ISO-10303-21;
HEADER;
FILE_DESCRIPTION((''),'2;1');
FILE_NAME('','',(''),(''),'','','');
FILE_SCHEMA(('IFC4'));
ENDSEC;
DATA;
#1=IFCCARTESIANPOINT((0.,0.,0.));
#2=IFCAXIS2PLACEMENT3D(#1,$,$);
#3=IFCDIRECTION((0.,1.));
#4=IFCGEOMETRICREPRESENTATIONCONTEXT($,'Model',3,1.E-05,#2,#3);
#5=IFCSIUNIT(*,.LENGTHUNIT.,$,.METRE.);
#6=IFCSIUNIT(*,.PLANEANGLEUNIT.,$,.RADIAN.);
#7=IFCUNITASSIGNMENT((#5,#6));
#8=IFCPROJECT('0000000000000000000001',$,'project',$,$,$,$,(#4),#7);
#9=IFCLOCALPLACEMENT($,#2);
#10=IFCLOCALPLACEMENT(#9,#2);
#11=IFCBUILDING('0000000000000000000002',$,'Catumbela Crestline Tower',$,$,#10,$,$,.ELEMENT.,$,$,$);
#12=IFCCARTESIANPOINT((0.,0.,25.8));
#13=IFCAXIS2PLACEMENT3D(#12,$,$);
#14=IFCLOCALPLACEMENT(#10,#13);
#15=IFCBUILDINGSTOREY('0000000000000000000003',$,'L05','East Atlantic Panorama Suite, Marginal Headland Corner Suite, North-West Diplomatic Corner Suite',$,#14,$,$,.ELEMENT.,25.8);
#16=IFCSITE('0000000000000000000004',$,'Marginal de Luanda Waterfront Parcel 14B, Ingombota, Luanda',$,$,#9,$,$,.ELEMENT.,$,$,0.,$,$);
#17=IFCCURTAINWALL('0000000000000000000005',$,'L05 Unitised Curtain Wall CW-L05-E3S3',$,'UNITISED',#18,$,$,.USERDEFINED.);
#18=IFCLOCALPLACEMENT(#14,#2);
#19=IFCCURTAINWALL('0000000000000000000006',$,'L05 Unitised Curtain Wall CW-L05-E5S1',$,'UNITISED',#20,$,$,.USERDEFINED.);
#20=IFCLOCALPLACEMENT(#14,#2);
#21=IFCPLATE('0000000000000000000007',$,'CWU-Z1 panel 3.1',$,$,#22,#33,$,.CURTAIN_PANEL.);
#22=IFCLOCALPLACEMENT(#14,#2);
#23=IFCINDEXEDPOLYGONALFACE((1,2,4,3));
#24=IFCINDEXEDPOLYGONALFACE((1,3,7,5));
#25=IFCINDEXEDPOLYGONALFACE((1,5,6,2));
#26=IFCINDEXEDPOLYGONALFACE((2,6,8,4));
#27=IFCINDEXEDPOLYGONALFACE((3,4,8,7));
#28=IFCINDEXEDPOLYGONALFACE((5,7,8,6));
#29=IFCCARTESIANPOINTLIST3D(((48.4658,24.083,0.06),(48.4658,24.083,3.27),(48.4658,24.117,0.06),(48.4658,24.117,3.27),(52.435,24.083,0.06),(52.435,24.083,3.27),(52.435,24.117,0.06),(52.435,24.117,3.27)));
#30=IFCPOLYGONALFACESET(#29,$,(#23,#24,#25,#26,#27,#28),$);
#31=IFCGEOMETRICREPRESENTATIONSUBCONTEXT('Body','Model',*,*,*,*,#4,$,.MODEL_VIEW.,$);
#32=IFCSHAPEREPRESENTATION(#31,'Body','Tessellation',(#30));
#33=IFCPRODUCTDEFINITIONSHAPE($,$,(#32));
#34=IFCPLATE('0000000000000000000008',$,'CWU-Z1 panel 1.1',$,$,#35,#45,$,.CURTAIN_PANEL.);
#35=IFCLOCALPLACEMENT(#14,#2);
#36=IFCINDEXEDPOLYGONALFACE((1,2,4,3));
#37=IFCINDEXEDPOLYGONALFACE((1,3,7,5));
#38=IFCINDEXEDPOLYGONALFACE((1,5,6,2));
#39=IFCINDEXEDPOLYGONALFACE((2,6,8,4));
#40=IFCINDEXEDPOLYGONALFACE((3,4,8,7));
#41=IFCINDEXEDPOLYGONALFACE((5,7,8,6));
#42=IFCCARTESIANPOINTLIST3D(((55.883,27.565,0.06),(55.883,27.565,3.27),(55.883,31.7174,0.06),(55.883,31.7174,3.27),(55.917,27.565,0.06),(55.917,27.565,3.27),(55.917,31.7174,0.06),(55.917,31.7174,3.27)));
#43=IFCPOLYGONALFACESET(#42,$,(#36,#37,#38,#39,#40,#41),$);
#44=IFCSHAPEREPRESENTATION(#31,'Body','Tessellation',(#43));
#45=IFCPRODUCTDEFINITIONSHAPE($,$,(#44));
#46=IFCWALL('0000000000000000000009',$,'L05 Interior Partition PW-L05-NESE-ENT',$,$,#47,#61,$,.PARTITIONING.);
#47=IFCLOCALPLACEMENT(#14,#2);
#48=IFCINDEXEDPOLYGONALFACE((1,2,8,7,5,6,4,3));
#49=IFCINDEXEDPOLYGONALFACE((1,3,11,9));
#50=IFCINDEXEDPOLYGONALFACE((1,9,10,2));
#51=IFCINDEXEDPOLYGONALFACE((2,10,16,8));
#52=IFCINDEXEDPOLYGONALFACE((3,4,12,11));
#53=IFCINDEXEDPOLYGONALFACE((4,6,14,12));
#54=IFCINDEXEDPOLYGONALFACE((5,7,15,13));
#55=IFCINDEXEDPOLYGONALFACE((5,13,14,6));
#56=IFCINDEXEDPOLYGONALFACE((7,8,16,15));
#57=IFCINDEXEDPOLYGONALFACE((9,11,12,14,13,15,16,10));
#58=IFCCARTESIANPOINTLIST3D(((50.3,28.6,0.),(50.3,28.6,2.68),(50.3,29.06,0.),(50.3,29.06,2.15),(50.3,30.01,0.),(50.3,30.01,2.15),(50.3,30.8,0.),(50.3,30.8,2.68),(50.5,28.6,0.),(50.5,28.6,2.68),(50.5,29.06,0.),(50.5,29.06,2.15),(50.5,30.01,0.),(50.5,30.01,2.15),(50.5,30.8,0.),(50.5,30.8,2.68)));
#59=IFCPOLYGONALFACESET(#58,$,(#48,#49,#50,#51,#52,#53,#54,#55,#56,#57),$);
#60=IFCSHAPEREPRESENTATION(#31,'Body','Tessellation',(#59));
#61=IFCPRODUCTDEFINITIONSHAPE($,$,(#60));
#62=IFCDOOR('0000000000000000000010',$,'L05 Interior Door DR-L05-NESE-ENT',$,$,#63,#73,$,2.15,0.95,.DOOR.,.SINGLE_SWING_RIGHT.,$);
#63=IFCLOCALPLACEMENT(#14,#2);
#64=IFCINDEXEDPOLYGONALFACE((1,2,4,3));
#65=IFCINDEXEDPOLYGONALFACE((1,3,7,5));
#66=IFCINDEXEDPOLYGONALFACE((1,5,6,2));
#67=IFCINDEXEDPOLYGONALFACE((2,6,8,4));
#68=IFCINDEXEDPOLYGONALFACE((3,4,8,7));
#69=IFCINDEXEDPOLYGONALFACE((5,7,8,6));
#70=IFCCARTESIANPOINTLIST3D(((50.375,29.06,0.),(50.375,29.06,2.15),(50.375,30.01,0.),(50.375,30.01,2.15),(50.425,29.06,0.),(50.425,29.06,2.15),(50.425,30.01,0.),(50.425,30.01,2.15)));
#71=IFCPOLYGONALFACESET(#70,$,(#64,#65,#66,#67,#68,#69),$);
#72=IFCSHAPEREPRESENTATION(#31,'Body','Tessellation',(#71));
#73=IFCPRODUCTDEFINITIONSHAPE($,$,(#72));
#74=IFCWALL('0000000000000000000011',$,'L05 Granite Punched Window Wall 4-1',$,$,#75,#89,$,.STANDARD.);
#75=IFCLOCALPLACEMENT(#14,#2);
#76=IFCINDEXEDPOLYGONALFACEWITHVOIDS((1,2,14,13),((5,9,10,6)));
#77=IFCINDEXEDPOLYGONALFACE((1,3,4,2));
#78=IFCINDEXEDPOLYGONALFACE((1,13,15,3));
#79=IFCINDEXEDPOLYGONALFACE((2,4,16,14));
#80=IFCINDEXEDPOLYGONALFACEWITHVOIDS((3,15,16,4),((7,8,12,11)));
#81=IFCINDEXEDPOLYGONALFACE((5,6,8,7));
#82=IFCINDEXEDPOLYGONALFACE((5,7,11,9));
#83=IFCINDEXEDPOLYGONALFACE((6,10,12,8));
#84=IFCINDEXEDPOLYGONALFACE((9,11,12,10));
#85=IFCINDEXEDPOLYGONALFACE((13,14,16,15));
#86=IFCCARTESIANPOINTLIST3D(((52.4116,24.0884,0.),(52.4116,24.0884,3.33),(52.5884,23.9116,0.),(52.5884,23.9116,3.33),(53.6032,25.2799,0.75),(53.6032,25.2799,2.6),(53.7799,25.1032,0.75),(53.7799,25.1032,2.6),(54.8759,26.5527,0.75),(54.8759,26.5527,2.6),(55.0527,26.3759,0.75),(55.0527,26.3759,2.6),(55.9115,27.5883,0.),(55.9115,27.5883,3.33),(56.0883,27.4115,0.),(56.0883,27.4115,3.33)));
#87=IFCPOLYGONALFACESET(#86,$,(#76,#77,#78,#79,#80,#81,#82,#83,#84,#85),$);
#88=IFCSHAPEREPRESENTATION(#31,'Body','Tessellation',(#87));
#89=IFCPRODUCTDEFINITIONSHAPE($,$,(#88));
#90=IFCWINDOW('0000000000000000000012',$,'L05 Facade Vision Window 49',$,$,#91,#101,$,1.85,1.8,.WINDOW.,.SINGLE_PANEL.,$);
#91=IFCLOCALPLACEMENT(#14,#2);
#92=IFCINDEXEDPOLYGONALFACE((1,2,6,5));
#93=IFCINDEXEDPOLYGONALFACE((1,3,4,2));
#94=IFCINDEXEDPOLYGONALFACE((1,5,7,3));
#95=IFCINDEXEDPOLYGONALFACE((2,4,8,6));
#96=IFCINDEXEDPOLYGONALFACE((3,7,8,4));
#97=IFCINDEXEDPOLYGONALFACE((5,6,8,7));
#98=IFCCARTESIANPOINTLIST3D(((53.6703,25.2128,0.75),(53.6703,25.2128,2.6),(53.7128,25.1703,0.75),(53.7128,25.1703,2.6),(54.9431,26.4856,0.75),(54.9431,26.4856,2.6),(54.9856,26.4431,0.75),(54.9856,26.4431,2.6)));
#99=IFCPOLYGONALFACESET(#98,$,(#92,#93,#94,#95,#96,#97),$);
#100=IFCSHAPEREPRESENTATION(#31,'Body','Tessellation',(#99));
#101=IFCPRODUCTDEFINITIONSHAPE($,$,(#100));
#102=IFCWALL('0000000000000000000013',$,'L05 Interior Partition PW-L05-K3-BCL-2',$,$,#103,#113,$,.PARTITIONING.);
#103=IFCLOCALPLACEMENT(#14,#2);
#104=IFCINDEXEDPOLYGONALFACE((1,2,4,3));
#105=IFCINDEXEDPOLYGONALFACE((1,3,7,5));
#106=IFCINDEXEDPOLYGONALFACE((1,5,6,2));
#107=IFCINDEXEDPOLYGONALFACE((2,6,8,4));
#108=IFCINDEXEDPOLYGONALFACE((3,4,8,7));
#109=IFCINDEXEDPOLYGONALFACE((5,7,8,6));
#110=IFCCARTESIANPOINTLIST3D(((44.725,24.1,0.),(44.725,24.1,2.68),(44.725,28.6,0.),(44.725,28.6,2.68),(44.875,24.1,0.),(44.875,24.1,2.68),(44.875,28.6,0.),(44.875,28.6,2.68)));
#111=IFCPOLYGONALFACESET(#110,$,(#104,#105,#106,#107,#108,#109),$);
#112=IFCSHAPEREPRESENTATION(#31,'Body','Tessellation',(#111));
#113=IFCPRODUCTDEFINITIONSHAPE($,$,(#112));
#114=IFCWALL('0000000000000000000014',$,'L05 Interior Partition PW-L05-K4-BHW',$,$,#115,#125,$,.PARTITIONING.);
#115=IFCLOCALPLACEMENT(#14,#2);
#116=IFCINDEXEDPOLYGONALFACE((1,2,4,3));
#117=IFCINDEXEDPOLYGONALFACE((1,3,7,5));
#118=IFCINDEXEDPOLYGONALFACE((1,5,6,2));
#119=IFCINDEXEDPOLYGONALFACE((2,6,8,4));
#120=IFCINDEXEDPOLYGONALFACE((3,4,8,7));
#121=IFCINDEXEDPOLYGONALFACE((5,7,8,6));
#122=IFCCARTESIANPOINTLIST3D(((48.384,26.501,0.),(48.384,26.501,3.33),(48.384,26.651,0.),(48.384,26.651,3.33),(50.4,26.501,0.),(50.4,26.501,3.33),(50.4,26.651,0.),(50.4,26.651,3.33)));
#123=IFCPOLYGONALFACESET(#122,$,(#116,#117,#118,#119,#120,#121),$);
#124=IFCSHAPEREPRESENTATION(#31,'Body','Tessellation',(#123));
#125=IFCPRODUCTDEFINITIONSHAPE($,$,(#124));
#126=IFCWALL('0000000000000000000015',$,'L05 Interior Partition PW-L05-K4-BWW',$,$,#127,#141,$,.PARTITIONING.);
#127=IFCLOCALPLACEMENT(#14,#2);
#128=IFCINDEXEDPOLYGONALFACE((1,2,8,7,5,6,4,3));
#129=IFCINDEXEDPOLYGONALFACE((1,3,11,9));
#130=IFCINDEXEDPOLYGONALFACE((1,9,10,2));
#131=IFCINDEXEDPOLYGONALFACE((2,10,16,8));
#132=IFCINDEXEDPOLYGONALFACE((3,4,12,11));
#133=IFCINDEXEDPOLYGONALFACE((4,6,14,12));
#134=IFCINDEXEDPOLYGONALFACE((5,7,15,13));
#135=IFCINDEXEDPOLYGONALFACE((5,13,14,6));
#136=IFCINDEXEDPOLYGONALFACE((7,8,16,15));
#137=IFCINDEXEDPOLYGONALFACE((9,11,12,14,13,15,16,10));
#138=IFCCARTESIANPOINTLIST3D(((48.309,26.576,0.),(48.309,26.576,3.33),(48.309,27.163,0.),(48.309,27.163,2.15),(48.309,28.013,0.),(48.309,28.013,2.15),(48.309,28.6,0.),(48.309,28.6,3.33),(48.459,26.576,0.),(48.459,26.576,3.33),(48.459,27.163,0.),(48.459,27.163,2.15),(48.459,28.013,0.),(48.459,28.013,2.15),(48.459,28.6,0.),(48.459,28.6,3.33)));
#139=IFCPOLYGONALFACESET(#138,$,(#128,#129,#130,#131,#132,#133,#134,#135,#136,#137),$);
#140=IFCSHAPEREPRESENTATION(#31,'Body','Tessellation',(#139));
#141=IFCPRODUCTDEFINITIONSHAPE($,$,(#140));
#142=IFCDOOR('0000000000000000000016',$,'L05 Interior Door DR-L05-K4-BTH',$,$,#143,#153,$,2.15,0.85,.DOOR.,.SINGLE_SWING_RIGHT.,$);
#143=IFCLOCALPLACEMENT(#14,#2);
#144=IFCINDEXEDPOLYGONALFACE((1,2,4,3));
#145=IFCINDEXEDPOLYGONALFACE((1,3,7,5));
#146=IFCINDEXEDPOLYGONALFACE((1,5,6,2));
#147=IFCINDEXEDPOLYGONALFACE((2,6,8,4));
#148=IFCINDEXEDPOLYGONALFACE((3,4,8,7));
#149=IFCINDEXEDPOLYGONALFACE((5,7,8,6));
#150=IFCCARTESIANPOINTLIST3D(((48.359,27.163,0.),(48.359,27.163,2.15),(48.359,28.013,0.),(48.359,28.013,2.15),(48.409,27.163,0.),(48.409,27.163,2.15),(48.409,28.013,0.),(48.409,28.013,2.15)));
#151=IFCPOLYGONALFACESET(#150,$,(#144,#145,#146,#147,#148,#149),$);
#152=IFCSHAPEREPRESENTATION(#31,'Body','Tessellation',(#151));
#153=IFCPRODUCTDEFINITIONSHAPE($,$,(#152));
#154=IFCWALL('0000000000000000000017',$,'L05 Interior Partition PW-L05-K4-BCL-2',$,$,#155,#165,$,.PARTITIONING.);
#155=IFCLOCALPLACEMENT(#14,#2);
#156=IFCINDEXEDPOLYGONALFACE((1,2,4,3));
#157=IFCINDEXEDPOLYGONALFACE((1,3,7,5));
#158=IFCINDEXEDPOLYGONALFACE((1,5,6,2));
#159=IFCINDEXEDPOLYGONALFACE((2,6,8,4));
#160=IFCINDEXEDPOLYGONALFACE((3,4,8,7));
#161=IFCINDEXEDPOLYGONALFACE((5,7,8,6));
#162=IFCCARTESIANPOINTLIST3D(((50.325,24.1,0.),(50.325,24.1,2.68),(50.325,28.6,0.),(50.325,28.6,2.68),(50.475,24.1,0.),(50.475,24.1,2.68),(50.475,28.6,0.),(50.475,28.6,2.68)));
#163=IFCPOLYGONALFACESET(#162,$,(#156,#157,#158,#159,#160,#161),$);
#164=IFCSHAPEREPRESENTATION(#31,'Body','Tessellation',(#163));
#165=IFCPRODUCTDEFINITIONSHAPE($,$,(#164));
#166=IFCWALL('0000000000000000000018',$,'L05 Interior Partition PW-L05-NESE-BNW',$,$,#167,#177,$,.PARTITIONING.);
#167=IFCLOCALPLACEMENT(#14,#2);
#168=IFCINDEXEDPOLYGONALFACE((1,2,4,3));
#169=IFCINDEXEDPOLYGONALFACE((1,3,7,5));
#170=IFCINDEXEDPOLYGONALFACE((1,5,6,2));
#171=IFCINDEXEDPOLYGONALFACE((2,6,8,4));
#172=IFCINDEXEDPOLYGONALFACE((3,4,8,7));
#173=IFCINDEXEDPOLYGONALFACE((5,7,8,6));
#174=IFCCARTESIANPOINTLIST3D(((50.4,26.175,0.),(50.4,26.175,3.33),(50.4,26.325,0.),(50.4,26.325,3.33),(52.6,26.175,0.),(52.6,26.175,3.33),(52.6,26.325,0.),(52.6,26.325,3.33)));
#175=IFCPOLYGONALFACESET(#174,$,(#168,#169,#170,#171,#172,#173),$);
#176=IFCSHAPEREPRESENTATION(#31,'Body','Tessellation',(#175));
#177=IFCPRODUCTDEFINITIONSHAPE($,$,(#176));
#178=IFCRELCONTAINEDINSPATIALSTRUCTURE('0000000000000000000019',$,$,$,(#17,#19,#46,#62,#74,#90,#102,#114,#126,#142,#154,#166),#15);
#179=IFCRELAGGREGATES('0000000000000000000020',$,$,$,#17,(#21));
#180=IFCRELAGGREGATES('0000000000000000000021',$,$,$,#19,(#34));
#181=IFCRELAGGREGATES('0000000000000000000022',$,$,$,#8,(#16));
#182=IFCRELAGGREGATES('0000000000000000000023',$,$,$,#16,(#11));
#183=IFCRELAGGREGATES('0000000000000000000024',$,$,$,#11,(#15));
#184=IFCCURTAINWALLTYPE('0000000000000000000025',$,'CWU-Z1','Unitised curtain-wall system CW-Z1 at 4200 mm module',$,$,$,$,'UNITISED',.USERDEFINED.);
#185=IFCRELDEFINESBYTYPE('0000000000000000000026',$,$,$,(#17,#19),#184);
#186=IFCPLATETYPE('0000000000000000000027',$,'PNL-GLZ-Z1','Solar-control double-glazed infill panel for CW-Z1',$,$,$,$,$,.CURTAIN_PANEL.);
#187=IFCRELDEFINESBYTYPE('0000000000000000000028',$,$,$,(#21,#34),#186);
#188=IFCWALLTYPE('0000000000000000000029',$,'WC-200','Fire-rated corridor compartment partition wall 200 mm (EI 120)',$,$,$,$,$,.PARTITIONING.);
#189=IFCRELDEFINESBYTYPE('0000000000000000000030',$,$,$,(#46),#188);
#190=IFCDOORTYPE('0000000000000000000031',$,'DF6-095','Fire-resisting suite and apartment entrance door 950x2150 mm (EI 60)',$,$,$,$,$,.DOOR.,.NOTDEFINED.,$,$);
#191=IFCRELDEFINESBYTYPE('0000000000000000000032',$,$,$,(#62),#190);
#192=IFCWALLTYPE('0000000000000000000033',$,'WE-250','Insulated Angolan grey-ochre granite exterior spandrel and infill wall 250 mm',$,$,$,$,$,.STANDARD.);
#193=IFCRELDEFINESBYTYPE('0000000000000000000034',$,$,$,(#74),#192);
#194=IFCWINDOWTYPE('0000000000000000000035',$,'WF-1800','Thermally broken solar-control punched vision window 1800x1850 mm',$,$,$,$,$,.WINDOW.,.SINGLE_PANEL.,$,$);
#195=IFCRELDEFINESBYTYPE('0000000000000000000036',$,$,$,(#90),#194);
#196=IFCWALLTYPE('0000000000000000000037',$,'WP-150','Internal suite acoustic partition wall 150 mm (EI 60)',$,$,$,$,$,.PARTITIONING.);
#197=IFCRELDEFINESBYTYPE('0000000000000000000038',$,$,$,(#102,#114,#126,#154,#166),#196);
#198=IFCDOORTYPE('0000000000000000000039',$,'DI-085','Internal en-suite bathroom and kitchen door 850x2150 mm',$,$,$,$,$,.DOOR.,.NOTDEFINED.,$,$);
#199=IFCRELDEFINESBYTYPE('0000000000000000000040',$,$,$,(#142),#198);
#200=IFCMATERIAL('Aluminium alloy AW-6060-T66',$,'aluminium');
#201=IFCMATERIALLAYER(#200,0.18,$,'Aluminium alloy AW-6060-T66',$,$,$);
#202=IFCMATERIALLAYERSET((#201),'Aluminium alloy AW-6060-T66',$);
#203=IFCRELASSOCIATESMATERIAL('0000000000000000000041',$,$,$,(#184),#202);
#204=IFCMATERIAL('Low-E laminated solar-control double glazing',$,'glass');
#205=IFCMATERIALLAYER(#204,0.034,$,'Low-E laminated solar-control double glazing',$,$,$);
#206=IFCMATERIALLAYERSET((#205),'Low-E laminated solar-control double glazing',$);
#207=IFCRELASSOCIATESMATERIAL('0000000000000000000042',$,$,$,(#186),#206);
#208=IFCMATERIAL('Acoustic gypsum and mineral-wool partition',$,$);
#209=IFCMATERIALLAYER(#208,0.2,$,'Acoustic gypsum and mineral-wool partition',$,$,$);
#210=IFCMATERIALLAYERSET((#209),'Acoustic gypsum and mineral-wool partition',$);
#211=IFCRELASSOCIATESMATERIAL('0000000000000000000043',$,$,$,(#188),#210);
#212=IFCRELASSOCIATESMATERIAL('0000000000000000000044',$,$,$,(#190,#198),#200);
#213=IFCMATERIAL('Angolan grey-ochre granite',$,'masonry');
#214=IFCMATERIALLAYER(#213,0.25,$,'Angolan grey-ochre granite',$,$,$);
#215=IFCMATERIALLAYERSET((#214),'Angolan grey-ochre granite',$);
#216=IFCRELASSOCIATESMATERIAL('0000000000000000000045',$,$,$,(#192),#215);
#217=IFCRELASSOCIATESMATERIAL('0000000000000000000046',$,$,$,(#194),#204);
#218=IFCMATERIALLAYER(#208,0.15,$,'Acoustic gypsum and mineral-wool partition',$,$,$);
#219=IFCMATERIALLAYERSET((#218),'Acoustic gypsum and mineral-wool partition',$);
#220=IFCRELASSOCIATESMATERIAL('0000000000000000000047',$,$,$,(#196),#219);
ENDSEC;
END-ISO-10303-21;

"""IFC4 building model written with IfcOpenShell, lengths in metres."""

from ifc_helpers import new_model, si_unit, direction, frame, frame_2d, origin, origin_2d, place, context, subcontext, project, spatial, rectangle, extrude, material, layer, layer_set, type_object, element, fill, aggregate, save


model = new_model("IFC4")

# Units and contexts
model_context = context("Model", 3, precision=1e-05, world=origin(), true_north=direction((0.0, 1.0)))
body_context = subcontext(model_context, "Body", "Model", "MODEL_VIEW")
ifc_project = project(units=[si_unit("LENGTHUNIT", "METRE"), si_unit("PLANEANGLEUNIT", "RADIAN")], contexts=[model_context])

# Site, building, storey
site_placement = place(None, origin())
site = spatial("IfcSite", under=ifc_project, at=site_placement, Name="Marginal de Luanda Waterfront Parcel 14B, Ingombota, Luanda", CompositionType="ELEMENT", RefElevation=0.0)
building_placement = place(site_placement, origin())
building = spatial("IfcBuilding", under=site, at=building_placement, Name="Catumbela Crestline Tower", CompositionType="ELEMENT")
storey_placement = place(building_placement, frame((0.0, 0.0, 25.8)))
storey = spatial("IfcBuildingStorey", under=building, at=storey_placement, Name="L05", Description="East Atlantic Panorama Suite, Marginal Headland Corner Suite, North-West Diplomatic Corner Suite", CompositionType="ELEMENT", Elevation=25.8)

# Curtain wall
ifc_material_1 = material(Name="Aluminium alloy AW-6060-T66", Category="aluminium")
ifc_layer_1 = layer(ifc_material_1, 0.18, Name="Aluminium alloy AW-6060-T66")
ifc_layer_set_1 = layer_set([ifc_layer_1], Name="Aluminium alloy AW-6060-T66")
curtain_wall_type = type_object("IfcCurtainWallType", Name="CWU-Z1", Description="Unitised curtain-wall system CW-Z1 at 4200 mm module", ElementType="UNITISED", PredefinedType="USERDEFINED", material=ifc_layer_set_1)
curtain_wall_1_placement = place(storey_placement, origin())
curtain_wall_1 = element("IfcCurtainWall", 1, at=curtain_wall_1_placement, inside=storey, type_object=curtain_wall_type, Name="L05 Unitised Curtain Wall CW-L05-E3S3", ObjectType="UNITISED", PredefinedType="USERDEFINED")

# Curtain wall
curtain_wall_2_placement = place(storey_placement, origin())
curtain_wall_2 = element("IfcCurtainWall", 2, at=curtain_wall_2_placement, inside=storey, type_object=curtain_wall_type, Name="L05 Unitised Curtain Wall CW-L05-E5S1", ObjectType="UNITISED", PredefinedType="USERDEFINED")

# Plates
ifc_material_2 = material(Name="Low-E laminated solar-control double glazing", Category="glass")
ifc_layer_2 = layer(ifc_material_2, 0.034, Name="Low-E laminated solar-control double glazing")
ifc_layer_set_2 = layer_set([ifc_layer_2], Name="Low-E laminated solar-control double glazing")
plate_type = type_object("IfcPlateType", Name="PNL-GLZ-Z1", Description="Solar-control double-glazed infill panel for CW-Z1", PredefinedType="CURTAIN_PANEL", material=ifc_layer_set_2)
plate_1_placement = place(storey_placement, frame((50.4504, 24.1, 0.06), z_axis=(0.0, 0.0, 1.0), x_axis=(1.0, 0.0, 0.0)))
plate_1 = element("IfcPlate", 3, at=plate_1_placement, type_object=plate_type, Name="CWU-Z1 panel 3.1", PredefinedType="CURTAIN_PANEL", context=body_context, shape_type="SweptSolid", body=[
    extrude(rectangle(XDim=3.9692, YDim=0.034, at=origin_2d()), origin(), (0.0, 0.0, 1.0), 3.21),
])
aggregate(curtain_wall_1, [plate_1])
plate_2_placement = place(storey_placement, frame((55.9, 29.6412, 0.06), z_axis=(0.0, 0.0, 1.0), x_axis=(0.0, 1.0, 0.0)))
plate_2 = element("IfcPlate", 4, at=plate_2_placement, type_object=plate_type, Name="CWU-Z1 panel 1.1", PredefinedType="CURTAIN_PANEL", context=body_context, shape_type="SweptSolid", body=[
    extrude(rectangle(XDim=4.1525, YDim=0.034, at=origin_2d()), origin(), (0.0, 0.0, 1.0), 3.21),
])
aggregate(curtain_wall_2, [plate_2])

# Wall, opening, door
ifc_material_3 = material(Name="Acoustic gypsum and mineral-wool partition")
ifc_layer_3 = layer(ifc_material_3, 0.2, Name="Acoustic gypsum and mineral-wool partition")
ifc_layer_set_3 = layer_set([ifc_layer_3], Name="Acoustic gypsum and mineral-wool partition")
wall_type_1 = type_object("IfcWallType", Name="WC-200", Description="Fire-rated corridor compartment partition wall 200 mm (EI 120)", PredefinedType="PARTITIONING", material=ifc_layer_set_3)
wall_1_placement = place(storey_placement, frame((50.4, 28.6, 0.0), z_axis=(0.0, 0.0, 1.0), x_axis=(0.0, 1.0, 0.0)))
wall_1 = element("IfcWall", 5, at=wall_1_placement, inside=storey, type_object=wall_type_1, Name="L05 Interior Partition PW-L05-NESE-ENT", PredefinedType="PARTITIONING", context=body_context, shape_type="SweptSolid", body=[
    extrude(rectangle(XDim=2.2, YDim=0.2, at=frame_2d((1.1, 0.0))), origin(), (0.0, 0.0, 1.0), 2.68),
])
opening_1_placement = place(wall_1_placement, frame((0.46, 0.0, 0.0)))
opening_1 = element("IfcOpeningElement", 6, at=opening_1_placement, cuts=wall_1, PredefinedType="OPENING", context=body_context, shape_type="SweptSolid", body=[
    extrude(rectangle(XDim=0.95, YDim=2.15, at=frame_2d((0.475, 1.075))), frame((0.0, 0.11, 0.0), z_axis=(0.0, -1.0, 0.0), x_axis=(1.0, 0.0, 0.0)), (0.0, 0.0, 1.0), 0.22),
])
door_type_1 = type_object("IfcDoorType", Name="DF6-095", Description="Fire-resisting suite and apartment entrance door 950x2150 mm (EI 60)", OperationType="NOTDEFINED", PredefinedType="DOOR", material=ifc_material_1)
door_1_placement = place(opening_1_placement, origin())
door_1 = element("IfcDoor", 7, at=door_1_placement, inside=storey, type_object=door_type_1, Name="L05 Interior Door DR-L05-NESE-ENT", OperationType="SINGLE_SWING_RIGHT", OverallHeight=2.15, OverallWidth=0.95, PredefinedType="DOOR", context=body_context, shape_type="SweptSolid", body=[
    extrude(rectangle(XDim=0.95, YDim=2.15, at=frame_2d((0.475, 1.075))), frame((0.0, 0.025, 0.0), z_axis=(0.0, -1.0, 0.0), x_axis=(1.0, 0.0, 0.0)), (0.0, 0.0, 1.0), 0.05),
])
fill(opening_1, door_1)

# Wall, opening, window
ifc_material_4 = material(Name="Angolan grey-ochre granite", Category="masonry")
ifc_layer_4 = layer(ifc_material_4, 0.25, Name="Angolan grey-ochre granite")
ifc_layer_set_4 = layer_set([ifc_layer_4], Name="Angolan grey-ochre granite")
wall_type_2 = type_object("IfcWallType", Name="WE-250", Description="Insulated Angolan grey-ochre granite exterior spandrel and infill wall 250 mm", PredefinedType="STANDARD", material=ifc_layer_set_4)
wall_2_placement = place(storey_placement, frame((52.5, 24.0, 0.0), z_axis=(0.0, 0.0, 1.0), x_axis=(0.707107, 0.707107, 0.0)))
wall_2 = element("IfcWall", 8, at=wall_2_placement, inside=storey, type_object=wall_type_2, Name="L05 Granite Punched Window Wall 4-1", PredefinedType="STANDARD", context=body_context, shape_type="SweptSolid", body=[
    extrude(rectangle(XDim=4.9497, YDim=0.25, at=frame_2d((2.4748, 0.0))), origin(), (0.0, 0.0, 1.0), 3.33),
])
opening_2_placement = place(wall_2_placement, frame((1.6851, 0.0, 0.75)))
opening_2 = element("IfcOpeningElement", 9, at=opening_2_placement, cuts=wall_2, PredefinedType="OPENING", context=body_context, shape_type="SweptSolid", body=[
    extrude(rectangle(XDim=1.8, YDim=1.85, at=frame_2d((0.9, 0.925))), frame((0.0, 0.135, 0.0), z_axis=(0.0, -1.0, 0.0), x_axis=(1.0, 0.0, 0.0)), (0.0, 0.0, 1.0), 0.27),
])
window_type = type_object("IfcWindowType", Name="WF-1800", Description="Thermally broken solar-control punched vision window 1800x1850 mm", PartitioningType="SINGLE_PANEL", PredefinedType="WINDOW", material=ifc_material_2)
window_placement = place(opening_2_placement, origin())
window = element("IfcWindow", 10, at=window_placement, inside=storey, type_object=window_type, Name="L05 Facade Vision Window 49", OverallHeight=1.85, OverallWidth=1.8, PartitioningType="SINGLE_PANEL", PredefinedType="WINDOW", context=body_context, shape_type="SweptSolid", body=[
    extrude(rectangle(XDim=1.8, YDim=1.85, at=frame_2d((0.9, 0.925))), frame((0.0, 0.03, 0.0), z_axis=(0.0, -1.0, 0.0), x_axis=(1.0, 0.0, 0.0)), (0.0, 0.0, 1.0), 0.06),
])
fill(opening_2, window)

# Walls
ifc_layer_5 = layer(ifc_material_3, 0.15, Name="Acoustic gypsum and mineral-wool partition")
ifc_layer_set_5 = layer_set([ifc_layer_5], Name="Acoustic gypsum and mineral-wool partition")
wall_type_3 = type_object("IfcWallType", Name="WP-150", Description="Internal suite acoustic partition wall 150 mm (EI 60)", PredefinedType="PARTITIONING", material=ifc_layer_set_5)
wall_3_placement = place(storey_placement, frame((44.8, 28.6, 0.0), z_axis=(0.0, 0.0, 1.0), x_axis=(0.0, -1.0, 0.0)))
element("IfcWall", 11, at=wall_3_placement, inside=storey, type_object=wall_type_3, Name="L05 Interior Partition PW-L05-K3-BCL-2", PredefinedType="PARTITIONING", context=body_context, shape_type="SweptSolid", body=[
    extrude(rectangle(XDim=4.5, YDim=0.15, at=frame_2d((2.25, 0.0))), origin(), (0.0, 0.0, 1.0), 2.68),
])
wall_4_placement = place(storey_placement, frame((48.384, 26.576, 0.0), z_axis=(0.0, 0.0, 1.0), x_axis=(1.0, 0.0, 0.0)))
element("IfcWall", 12, at=wall_4_placement, inside=storey, type_object=wall_type_3, Name="L05 Interior Partition PW-L05-K4-BHW", PredefinedType="PARTITIONING", context=body_context, shape_type="SweptSolid", body=[
    extrude(rectangle(XDim=2.016, YDim=0.15, at=frame_2d((1.008, 0.0))), origin(), (0.0, 0.0, 1.0), 3.33),
])

# Wall, opening, door
wall_5_placement = place(storey_placement, frame((48.384, 26.576, 0.0), z_axis=(0.0, 0.0, 1.0), x_axis=(0.0, 1.0, 0.0)))
wall_5 = element("IfcWall", 13, at=wall_5_placement, inside=storey, type_object=wall_type_3, Name="L05 Interior Partition PW-L05-K4-BWW", PredefinedType="PARTITIONING", context=body_context, shape_type="SweptSolid", body=[
    extrude(rectangle(XDim=2.024, YDim=0.15, at=frame_2d((1.012, 0.0))), origin(), (0.0, 0.0, 1.0), 3.33),
])
opening_3_placement = place(wall_5_placement, frame((0.587, 0.0, 0.0)))
opening_3 = element("IfcOpeningElement", 14, at=opening_3_placement, cuts=wall_5, PredefinedType="OPENING", context=body_context, shape_type="SweptSolid", body=[
    extrude(rectangle(XDim=0.85, YDim=2.15, at=frame_2d((0.425, 1.075))), frame((0.0, 0.085, 0.0), z_axis=(0.0, -1.0, 0.0), x_axis=(1.0, 0.0, 0.0)), (0.0, 0.0, 1.0), 0.17),
])
door_type_2 = type_object("IfcDoorType", Name="DI-085", Description="Internal en-suite bathroom and kitchen door 850x2150 mm", OperationType="NOTDEFINED", PredefinedType="DOOR", material=ifc_material_1)
door_2_placement = place(opening_3_placement, origin())
door_2 = element("IfcDoor", 15, at=door_2_placement, inside=storey, type_object=door_type_2, Name="L05 Interior Door DR-L05-K4-BTH", OperationType="SINGLE_SWING_RIGHT", OverallHeight=2.15, OverallWidth=0.85, PredefinedType="DOOR", context=body_context, shape_type="SweptSolid", body=[
    extrude(rectangle(XDim=0.85, YDim=2.15, at=frame_2d((0.425, 1.075))), frame((0.0, 0.025, 0.0), z_axis=(0.0, -1.0, 0.0), x_axis=(1.0, 0.0, 0.0)), (0.0, 0.0, 1.0), 0.05),
])
fill(opening_3, door_2)

# Walls
wall_6_placement = place(storey_placement, frame((50.4, 28.6, 0.0), z_axis=(0.0, 0.0, 1.0), x_axis=(0.0, -1.0, 0.0)))
element("IfcWall", 16, at=wall_6_placement, inside=storey, type_object=wall_type_3, Name="L05 Interior Partition PW-L05-K4-BCL-2", PredefinedType="PARTITIONING", context=body_context, shape_type="SweptSolid", body=[
    extrude(rectangle(XDim=4.5, YDim=0.15, at=frame_2d((2.25, 0.0))), origin(), (0.0, 0.0, 1.0), 2.68),
])
wall_7_placement = place(storey_placement, frame((50.4, 26.25, 0.0), z_axis=(0.0, 0.0, 1.0), x_axis=(1.0, 0.0, 0.0)))
element("IfcWall", 17, at=wall_7_placement, inside=storey, type_object=wall_type_3, Name="L05 Interior Partition PW-L05-NESE-BNW", PredefinedType="PARTITIONING", context=body_context, shape_type="SweptSolid", body=[
    extrude(rectangle(XDim=2.2, YDim=0.15, at=frame_2d((1.1, 0.0))), origin(), (0.0, 0.0, 1.0), 3.33),
])

save(model, "model.ifc")
